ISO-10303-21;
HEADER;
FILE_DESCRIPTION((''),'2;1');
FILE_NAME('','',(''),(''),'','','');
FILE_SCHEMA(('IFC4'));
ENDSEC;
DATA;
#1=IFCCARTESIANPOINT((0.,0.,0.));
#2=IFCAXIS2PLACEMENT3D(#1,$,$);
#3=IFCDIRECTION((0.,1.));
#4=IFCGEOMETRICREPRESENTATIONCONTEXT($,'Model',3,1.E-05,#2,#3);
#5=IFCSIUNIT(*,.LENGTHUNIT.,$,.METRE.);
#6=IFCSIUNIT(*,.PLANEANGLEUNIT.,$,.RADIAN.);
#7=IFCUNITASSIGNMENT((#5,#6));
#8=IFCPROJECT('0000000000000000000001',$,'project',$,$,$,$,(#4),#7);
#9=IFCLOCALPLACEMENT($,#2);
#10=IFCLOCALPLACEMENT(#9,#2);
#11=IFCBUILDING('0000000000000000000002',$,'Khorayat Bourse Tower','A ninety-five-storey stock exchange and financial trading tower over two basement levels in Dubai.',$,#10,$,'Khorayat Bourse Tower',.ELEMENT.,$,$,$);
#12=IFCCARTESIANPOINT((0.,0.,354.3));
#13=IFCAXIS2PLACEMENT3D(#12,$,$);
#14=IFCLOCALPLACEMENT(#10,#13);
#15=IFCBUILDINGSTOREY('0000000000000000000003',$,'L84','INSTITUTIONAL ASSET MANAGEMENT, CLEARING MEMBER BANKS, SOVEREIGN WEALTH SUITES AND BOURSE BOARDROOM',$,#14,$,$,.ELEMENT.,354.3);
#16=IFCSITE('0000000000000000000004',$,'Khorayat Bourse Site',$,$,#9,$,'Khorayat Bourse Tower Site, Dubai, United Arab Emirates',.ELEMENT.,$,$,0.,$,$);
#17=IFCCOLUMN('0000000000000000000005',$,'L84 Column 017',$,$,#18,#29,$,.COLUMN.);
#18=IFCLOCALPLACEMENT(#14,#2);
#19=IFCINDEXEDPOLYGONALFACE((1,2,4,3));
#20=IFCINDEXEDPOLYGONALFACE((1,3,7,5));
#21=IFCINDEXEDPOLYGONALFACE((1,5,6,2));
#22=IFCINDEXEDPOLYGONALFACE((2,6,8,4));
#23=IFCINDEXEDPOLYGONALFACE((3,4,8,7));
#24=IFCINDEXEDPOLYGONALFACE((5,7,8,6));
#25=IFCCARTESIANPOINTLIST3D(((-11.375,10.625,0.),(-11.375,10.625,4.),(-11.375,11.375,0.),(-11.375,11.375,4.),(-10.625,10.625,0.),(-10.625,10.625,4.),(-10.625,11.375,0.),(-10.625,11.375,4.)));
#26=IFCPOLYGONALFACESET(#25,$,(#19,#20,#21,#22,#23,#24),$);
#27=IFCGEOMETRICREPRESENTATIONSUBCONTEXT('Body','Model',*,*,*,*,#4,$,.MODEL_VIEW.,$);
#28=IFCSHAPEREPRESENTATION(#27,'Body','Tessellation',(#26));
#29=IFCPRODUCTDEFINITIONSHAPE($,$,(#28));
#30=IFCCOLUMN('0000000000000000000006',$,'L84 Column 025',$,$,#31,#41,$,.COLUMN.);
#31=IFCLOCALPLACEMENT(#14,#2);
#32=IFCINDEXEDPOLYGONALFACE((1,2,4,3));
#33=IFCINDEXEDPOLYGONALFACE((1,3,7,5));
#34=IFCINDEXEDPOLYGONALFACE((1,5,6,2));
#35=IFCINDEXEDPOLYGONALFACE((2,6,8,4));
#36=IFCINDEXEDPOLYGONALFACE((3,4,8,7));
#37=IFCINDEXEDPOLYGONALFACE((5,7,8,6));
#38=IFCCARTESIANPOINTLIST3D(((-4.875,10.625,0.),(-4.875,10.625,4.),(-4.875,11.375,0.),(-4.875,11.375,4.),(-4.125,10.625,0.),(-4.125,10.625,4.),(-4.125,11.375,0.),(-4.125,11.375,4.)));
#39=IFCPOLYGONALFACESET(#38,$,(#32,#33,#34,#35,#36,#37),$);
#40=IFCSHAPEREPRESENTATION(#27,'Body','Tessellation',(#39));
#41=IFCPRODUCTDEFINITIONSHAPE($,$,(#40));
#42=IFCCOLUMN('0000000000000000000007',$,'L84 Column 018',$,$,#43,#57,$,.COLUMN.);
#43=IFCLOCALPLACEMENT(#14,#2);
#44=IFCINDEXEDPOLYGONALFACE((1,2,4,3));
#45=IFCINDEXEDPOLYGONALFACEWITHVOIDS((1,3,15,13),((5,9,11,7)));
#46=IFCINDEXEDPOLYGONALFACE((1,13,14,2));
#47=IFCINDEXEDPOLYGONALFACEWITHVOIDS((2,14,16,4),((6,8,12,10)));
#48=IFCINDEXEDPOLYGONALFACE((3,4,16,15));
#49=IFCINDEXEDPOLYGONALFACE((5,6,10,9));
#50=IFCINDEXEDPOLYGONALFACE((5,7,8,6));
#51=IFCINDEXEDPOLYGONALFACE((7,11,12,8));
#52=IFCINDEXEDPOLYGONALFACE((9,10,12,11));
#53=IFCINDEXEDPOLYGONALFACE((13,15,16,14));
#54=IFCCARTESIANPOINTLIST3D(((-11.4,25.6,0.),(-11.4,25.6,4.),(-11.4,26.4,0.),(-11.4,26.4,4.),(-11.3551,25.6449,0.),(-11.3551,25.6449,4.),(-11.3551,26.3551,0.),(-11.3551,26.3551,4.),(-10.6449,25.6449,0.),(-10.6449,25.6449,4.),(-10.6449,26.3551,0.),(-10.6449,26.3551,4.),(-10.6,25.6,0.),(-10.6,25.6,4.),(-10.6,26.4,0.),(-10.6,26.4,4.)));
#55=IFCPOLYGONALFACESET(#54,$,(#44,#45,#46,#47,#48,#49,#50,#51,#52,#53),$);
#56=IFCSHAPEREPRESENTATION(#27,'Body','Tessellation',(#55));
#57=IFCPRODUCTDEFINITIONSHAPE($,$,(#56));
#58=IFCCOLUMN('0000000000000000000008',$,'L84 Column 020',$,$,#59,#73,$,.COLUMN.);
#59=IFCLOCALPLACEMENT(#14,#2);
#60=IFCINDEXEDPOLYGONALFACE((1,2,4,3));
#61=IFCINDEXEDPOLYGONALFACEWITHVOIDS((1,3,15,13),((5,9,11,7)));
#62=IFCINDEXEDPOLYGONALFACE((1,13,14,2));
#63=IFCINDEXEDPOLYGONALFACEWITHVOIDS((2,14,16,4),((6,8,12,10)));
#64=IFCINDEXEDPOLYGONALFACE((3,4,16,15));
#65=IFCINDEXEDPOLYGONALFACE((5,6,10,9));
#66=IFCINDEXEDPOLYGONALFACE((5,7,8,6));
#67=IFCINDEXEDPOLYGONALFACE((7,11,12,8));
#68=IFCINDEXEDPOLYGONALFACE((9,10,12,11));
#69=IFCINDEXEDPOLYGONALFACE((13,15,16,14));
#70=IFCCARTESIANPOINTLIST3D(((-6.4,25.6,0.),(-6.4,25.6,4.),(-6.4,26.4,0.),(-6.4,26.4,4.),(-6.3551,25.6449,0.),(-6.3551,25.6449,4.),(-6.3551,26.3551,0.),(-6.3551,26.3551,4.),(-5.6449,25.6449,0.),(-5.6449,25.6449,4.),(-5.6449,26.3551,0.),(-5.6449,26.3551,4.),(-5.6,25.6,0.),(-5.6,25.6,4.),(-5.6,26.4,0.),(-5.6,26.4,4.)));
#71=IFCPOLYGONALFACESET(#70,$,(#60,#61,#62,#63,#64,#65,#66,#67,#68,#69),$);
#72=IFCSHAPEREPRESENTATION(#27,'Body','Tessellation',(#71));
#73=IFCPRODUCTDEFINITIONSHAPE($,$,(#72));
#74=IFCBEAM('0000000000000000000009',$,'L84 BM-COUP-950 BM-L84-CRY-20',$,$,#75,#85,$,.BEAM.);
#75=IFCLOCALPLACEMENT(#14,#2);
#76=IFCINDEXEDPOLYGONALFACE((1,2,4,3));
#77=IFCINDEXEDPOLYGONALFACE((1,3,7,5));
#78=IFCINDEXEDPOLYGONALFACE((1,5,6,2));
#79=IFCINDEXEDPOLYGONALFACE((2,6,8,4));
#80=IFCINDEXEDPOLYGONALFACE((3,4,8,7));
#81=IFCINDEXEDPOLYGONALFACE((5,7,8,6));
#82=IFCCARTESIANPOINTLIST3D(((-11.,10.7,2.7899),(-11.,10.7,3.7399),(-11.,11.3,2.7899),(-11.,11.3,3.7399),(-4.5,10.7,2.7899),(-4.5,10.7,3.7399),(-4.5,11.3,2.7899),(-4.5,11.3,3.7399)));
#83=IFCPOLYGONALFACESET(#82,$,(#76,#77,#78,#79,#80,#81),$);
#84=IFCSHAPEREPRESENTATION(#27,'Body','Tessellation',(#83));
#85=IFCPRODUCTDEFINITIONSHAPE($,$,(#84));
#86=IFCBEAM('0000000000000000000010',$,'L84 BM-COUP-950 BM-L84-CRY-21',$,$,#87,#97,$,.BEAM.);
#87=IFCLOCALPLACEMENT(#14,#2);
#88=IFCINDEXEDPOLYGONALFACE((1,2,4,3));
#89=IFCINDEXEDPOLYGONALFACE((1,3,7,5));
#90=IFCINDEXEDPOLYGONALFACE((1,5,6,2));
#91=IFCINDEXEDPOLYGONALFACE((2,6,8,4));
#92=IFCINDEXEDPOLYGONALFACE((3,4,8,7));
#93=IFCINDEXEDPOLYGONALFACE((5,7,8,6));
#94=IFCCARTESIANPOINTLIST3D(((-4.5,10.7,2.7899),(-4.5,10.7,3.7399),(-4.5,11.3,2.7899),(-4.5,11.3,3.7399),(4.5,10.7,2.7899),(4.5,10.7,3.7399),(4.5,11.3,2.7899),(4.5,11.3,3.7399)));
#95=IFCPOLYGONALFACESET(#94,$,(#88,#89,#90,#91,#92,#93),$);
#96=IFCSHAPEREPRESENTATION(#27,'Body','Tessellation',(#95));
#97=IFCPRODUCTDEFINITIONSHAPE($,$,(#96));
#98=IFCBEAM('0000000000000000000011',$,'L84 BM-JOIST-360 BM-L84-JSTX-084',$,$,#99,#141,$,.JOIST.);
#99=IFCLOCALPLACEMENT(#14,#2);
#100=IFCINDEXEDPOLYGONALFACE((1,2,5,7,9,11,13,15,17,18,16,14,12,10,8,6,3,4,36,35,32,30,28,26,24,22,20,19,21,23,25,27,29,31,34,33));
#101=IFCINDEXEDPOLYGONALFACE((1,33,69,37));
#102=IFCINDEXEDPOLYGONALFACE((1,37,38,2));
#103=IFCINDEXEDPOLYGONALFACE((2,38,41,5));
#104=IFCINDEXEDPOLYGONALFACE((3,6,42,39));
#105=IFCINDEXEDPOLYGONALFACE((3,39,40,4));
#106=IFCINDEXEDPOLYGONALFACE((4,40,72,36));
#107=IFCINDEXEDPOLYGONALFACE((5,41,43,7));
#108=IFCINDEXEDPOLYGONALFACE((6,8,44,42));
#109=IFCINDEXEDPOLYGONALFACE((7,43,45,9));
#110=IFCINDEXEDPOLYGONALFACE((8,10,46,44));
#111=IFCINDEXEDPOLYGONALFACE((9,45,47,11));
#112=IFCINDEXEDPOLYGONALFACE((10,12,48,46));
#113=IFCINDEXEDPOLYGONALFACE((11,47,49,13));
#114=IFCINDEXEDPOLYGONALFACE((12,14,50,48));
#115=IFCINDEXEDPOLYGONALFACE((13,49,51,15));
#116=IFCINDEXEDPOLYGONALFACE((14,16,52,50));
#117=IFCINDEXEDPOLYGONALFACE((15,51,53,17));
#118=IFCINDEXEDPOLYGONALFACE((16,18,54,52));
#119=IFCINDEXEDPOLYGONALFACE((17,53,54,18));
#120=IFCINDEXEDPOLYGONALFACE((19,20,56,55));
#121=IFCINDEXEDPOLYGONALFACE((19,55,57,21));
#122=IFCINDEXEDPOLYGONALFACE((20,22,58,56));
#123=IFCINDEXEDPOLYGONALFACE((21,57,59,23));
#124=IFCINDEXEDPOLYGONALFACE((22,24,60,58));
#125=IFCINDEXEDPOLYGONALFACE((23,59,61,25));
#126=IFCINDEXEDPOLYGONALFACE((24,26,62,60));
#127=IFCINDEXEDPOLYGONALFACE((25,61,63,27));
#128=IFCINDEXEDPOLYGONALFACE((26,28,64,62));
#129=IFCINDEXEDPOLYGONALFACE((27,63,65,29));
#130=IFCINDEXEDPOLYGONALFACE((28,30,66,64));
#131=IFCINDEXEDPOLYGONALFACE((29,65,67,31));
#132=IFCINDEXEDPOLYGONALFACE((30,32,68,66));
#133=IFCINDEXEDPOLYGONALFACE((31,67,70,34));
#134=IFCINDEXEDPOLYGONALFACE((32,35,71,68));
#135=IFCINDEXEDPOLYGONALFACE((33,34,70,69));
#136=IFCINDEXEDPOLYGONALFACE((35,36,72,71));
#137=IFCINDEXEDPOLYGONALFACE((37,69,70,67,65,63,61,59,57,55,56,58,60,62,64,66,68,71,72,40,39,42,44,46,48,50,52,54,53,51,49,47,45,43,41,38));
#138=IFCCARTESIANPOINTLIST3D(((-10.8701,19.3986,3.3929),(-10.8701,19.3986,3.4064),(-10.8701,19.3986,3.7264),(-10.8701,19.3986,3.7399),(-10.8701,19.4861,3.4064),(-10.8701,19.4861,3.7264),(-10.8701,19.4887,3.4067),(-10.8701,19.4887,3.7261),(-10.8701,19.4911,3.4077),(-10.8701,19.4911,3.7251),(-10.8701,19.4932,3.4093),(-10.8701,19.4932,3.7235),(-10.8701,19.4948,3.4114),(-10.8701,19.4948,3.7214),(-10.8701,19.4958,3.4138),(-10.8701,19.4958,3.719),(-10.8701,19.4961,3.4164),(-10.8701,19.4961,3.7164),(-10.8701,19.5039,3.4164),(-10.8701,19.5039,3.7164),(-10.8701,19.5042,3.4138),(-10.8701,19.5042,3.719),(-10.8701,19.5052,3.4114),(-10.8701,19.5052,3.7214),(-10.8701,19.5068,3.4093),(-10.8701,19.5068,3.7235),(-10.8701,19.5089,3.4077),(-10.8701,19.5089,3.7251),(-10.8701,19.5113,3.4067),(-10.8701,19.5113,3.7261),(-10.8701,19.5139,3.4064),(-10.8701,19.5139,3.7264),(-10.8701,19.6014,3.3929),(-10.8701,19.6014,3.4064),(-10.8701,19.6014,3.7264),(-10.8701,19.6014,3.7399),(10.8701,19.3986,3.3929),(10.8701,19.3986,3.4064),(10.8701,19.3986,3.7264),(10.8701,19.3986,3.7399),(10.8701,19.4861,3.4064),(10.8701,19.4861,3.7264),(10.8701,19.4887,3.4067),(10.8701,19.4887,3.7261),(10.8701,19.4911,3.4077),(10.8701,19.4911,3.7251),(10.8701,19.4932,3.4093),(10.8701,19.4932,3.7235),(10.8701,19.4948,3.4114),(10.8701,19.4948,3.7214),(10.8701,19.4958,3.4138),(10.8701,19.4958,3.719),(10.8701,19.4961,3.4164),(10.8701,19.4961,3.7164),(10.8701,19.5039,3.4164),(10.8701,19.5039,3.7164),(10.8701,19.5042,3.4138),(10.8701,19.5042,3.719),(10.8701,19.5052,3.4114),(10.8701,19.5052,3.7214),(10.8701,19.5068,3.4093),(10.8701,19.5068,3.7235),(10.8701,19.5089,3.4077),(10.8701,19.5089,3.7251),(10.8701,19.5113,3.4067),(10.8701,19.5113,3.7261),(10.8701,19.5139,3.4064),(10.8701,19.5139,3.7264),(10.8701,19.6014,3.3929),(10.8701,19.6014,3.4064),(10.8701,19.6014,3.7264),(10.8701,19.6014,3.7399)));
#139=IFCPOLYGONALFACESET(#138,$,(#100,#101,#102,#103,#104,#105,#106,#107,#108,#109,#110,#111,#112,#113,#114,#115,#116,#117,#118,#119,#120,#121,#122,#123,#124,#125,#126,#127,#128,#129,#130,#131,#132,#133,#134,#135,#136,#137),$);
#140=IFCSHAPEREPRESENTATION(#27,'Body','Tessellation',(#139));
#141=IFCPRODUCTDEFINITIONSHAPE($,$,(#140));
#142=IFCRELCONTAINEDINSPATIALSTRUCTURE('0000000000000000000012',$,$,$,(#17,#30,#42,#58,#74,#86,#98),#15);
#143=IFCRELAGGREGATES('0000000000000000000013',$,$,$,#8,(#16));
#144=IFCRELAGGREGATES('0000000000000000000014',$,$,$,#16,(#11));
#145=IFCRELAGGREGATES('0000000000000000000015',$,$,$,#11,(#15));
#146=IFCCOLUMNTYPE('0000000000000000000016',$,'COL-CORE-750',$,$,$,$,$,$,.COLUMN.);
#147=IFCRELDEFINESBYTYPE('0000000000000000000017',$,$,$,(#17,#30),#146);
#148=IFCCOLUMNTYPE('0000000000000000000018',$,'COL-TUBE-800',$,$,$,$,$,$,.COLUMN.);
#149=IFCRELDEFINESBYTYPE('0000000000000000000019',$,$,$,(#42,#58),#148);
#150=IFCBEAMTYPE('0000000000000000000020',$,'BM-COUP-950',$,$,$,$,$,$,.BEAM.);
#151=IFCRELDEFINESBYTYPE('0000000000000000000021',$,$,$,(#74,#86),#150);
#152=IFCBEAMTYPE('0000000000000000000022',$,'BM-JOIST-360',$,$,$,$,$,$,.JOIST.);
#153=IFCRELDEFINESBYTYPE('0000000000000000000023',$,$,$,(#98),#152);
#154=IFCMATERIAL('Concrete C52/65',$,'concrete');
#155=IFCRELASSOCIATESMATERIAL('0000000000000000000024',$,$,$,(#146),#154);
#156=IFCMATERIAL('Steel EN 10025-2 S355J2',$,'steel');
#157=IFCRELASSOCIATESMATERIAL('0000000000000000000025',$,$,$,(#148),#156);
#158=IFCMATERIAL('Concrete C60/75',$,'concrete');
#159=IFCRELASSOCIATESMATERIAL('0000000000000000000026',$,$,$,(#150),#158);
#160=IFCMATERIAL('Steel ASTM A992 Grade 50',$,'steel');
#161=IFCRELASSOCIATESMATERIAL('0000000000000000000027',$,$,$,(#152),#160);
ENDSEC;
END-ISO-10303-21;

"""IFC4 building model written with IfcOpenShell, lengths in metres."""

from ifc_helpers import new_model, si_unit, direction, frame, origin, origin_2d, place, context, subcontext, project, spatial, rectangle, hollow_rectangle, i_section, extrude, source, transform, mapped, material, material_profile, profile_set, type_object, element, save


model = new_model("IFC4")

# Units and contexts
model_context = context("Model", 3, precision=1e-05, world=origin(), true_north=direction((0.0, 1.0)))
body_context = subcontext(model_context, "Body", "Model", "MODEL_VIEW")
ifc_project = project(units=[si_unit("LENGTHUNIT", "METRE"), si_unit("PLANEANGLEUNIT", "RADIAN")], contexts=[model_context])

# Site, building, storey
site_placement = place(None, origin())
site = spatial("IfcSite", under=ifc_project, at=site_placement, Name="Khorayat Bourse Site", LongName="Khorayat Bourse Tower Site, Dubai, United Arab Emirates", CompositionType="ELEMENT", RefElevation=0.0)
building_placement = place(site_placement, origin())
building = spatial("IfcBuilding", under=site, at=building_placement, Name="Khorayat Bourse Tower", Description="A ninety-five-storey stock exchange and financial trading tower over two basement levels in Dubai.", LongName="Khorayat Bourse Tower", CompositionType="ELEMENT")
storey_placement = place(building_placement, frame((0.0, 0.0, 354.3)))
storey = spatial("IfcBuildingStorey", under=building, at=storey_placement, Name="L84", Description="INSTITUTIONAL ASSET MANAGEMENT, CLEARING MEMBER BANKS, SOVEREIGN WEALTH SUITES AND BOURSE BOARDROOM", CompositionType="ELEMENT", Elevation=354.3)

# Columns
ifc_material_1 = material(Name="Concrete C52/65", Category="concrete")
ifc_material_profile_1 = material_profile(ifc_material_1, rectangle(XDim=0.75, YDim=0.75, at=origin_2d()), Name="RC 750x750")
ifc_profile_set_1 = profile_set([ifc_material_profile_1], Name="Concrete C52/65")
column_type_1 = type_object("IfcColumnType", Name="COL-CORE-750", PredefinedType="COLUMN", material=ifc_profile_set_1)
shared_shape_1 = source(origin(), body_context, "Body", "SweptSolid", [
    extrude(rectangle(XDim=0.75, YDim=0.75, at=origin_2d()), origin(), (0.0, 0.0, 1.0), 4.0),
])
for number, where, z_axis, x_axis, name in (
    (1, (-11.0, 11.0, 0.0), (0.0, 0.0, 1.0), (1.0, 0.0, 0.0), "L84 Column 017"),
    (2, (-4.5, 11.0, 0.0), (0.0, 0.0, 1.0), (1.0, 0.0, 0.0), "L84 Column 025"),
):
    element("IfcColumn", number, at=place(storey_placement, frame(where, z_axis=z_axis, x_axis=x_axis)), inside=storey, type_object=column_type_1, Name=name, PredefinedType="COLUMN", context=body_context, shape_type="MappedRepresentation", body=[
        mapped(shared_shape_1, transform((0.0, 0.0, 0.0), scale=1.0)),
    ])
ifc_material_2 = material(Name="Steel EN 10025-2 S355J2", Category="steel")
ifc_material_profile_2 = material_profile(ifc_material_2, hollow_rectangle(XDim=0.8, YDim=0.8, WallThickness=0.0449, at=origin_2d()), Name="BOX 800x800x45")
ifc_profile_set_2 = profile_set([ifc_material_profile_2], Name="Steel EN 10025-2 S355J2")
column_type_2 = type_object("IfcColumnType", Name="COL-TUBE-800", PredefinedType="COLUMN", material=ifc_profile_set_2)
shared_shape_2 = source(origin(), body_context, "Body", "SweptSolid", [
    extrude(hollow_rectangle(XDim=0.8, YDim=0.8, WallThickness=0.0449, at=origin_2d()), origin(), (0.0, 0.0, 1.0), 4.0),
])
for number, where, z_axis, x_axis, name in (
    (3, (-11.0, 26.0, 0.0), (0.0, 0.0, 1.0), (1.0, 0.0, 0.0), "L84 Column 018"),
    (4, (-6.0, 26.0, 0.0), (0.0, 0.0, 1.0), (1.0, 0.0, 0.0), "L84 Column 020"),
):
    element("IfcColumn", number, at=place(storey_placement, frame(where, z_axis=z_axis, x_axis=x_axis)), inside=storey, type_object=column_type_2, Name=name, PredefinedType="COLUMN", context=body_context, shape_type="MappedRepresentation", body=[
        mapped(shared_shape_2, transform((0.0, 0.0, 0.0), scale=1.0)),
    ])

# Beams
ifc_material_3 = material(Name="Concrete C60/75", Category="concrete")
ifc_material_profile_3 = material_profile(ifc_material_3, rectangle(XDim=0.6001, YDim=0.95, at=origin_2d()), Name="RC 600x950")
ifc_profile_set_3 = profile_set([ifc_material_profile_3], Name="Concrete C60/75")
beam_type_1 = type_object("IfcBeamType", Name="BM-COUP-950", PredefinedType="BEAM", material=ifc_profile_set_3)
shared_shape_3 = source(origin(), body_context, "Body", "SweptSolid", [
    extrude(rectangle(XDim=0.6001, YDim=0.95, at=origin_2d()), origin(), (0.0, 0.0, 1.0), 6.5),
])
beam_1_placement = place(storey_placement, frame((-11.0, 11.0, 3.2649), z_axis=(1.0, 0.0, 0.0), x_axis=(0.0, 1.0, 0.0)))
element("IfcBeam", 5, at=beam_1_placement, inside=storey, type_object=beam_type_1, Name="L84 BM-COUP-950 BM-L84-CRY-20", PredefinedType="BEAM", context=body_context, shape_type="MappedRepresentation", body=[
    mapped(shared_shape_3, transform((0.0, 0.0, 0.0), scale=1.0)),
])
shared_shape_4 = source(origin(), body_context, "Body", "SweptSolid", [
    extrude(rectangle(XDim=0.6001, YDim=0.95, at=origin_2d()), origin(), (0.0, 0.0, 1.0), 9.0),
])
beam_2_placement = place(storey_placement, frame((-4.5, 11.0, 3.2649), z_axis=(1.0, 0.0, 0.0), x_axis=(0.0, 1.0, 0.0)))
element("IfcBeam", 6, at=beam_2_placement, inside=storey, type_object=beam_type_1, Name="L84 BM-COUP-950 BM-L84-CRY-21", PredefinedType="BEAM", context=body_context, shape_type="MappedRepresentation", body=[
    mapped(shared_shape_4, transform((0.0, 0.0, 0.0), scale=1.0)),
])
ifc_material_4 = material(Name="Steel ASTM A992 Grade 50", Category="steel")
ifc_material_profile_4 = material_profile(ifc_material_4, i_section(OverallWidth=0.2029, OverallDepth=0.3469, WebThickness=0.0078, FlangeThickness=0.0134, FilletRadius=0.01, at=origin_2d()), Name="W360X64")
ifc_profile_set_4 = profile_set([ifc_material_profile_4], Name="Steel ASTM A992 Grade 50")
beam_type_2 = type_object("IfcBeamType", Name="BM-JOIST-360", PredefinedType="JOIST", material=ifc_profile_set_4)
shared_shape_5 = source(origin(), body_context, "Body", "SweptSolid", [
    extrude(i_section(OverallWidth=0.2029, OverallDepth=0.3469, WebThickness=0.0078, FlangeThickness=0.0134, FilletRadius=0.01, at=origin_2d()), origin(), (0.0, 0.0, 1.0), 21.7402),
])
beam_3_placement = place(storey_placement, frame((-10.8701, 19.5, 3.5664), z_axis=(1.0, 0.0, 0.0), x_axis=(0.0, 1.0, 0.0)))
element("IfcBeam", 7, at=beam_3_placement, inside=storey, type_object=beam_type_2, Name="L84 BM-JOIST-360 BM-L84-JSTX-084", PredefinedType="JOIST", context=body_context, shape_type="MappedRepresentation", body=[
    mapped(shared_shape_5, transform((0.0, 0.0, 0.0), scale=1.0)),
])

save(model, "model.ifc")
